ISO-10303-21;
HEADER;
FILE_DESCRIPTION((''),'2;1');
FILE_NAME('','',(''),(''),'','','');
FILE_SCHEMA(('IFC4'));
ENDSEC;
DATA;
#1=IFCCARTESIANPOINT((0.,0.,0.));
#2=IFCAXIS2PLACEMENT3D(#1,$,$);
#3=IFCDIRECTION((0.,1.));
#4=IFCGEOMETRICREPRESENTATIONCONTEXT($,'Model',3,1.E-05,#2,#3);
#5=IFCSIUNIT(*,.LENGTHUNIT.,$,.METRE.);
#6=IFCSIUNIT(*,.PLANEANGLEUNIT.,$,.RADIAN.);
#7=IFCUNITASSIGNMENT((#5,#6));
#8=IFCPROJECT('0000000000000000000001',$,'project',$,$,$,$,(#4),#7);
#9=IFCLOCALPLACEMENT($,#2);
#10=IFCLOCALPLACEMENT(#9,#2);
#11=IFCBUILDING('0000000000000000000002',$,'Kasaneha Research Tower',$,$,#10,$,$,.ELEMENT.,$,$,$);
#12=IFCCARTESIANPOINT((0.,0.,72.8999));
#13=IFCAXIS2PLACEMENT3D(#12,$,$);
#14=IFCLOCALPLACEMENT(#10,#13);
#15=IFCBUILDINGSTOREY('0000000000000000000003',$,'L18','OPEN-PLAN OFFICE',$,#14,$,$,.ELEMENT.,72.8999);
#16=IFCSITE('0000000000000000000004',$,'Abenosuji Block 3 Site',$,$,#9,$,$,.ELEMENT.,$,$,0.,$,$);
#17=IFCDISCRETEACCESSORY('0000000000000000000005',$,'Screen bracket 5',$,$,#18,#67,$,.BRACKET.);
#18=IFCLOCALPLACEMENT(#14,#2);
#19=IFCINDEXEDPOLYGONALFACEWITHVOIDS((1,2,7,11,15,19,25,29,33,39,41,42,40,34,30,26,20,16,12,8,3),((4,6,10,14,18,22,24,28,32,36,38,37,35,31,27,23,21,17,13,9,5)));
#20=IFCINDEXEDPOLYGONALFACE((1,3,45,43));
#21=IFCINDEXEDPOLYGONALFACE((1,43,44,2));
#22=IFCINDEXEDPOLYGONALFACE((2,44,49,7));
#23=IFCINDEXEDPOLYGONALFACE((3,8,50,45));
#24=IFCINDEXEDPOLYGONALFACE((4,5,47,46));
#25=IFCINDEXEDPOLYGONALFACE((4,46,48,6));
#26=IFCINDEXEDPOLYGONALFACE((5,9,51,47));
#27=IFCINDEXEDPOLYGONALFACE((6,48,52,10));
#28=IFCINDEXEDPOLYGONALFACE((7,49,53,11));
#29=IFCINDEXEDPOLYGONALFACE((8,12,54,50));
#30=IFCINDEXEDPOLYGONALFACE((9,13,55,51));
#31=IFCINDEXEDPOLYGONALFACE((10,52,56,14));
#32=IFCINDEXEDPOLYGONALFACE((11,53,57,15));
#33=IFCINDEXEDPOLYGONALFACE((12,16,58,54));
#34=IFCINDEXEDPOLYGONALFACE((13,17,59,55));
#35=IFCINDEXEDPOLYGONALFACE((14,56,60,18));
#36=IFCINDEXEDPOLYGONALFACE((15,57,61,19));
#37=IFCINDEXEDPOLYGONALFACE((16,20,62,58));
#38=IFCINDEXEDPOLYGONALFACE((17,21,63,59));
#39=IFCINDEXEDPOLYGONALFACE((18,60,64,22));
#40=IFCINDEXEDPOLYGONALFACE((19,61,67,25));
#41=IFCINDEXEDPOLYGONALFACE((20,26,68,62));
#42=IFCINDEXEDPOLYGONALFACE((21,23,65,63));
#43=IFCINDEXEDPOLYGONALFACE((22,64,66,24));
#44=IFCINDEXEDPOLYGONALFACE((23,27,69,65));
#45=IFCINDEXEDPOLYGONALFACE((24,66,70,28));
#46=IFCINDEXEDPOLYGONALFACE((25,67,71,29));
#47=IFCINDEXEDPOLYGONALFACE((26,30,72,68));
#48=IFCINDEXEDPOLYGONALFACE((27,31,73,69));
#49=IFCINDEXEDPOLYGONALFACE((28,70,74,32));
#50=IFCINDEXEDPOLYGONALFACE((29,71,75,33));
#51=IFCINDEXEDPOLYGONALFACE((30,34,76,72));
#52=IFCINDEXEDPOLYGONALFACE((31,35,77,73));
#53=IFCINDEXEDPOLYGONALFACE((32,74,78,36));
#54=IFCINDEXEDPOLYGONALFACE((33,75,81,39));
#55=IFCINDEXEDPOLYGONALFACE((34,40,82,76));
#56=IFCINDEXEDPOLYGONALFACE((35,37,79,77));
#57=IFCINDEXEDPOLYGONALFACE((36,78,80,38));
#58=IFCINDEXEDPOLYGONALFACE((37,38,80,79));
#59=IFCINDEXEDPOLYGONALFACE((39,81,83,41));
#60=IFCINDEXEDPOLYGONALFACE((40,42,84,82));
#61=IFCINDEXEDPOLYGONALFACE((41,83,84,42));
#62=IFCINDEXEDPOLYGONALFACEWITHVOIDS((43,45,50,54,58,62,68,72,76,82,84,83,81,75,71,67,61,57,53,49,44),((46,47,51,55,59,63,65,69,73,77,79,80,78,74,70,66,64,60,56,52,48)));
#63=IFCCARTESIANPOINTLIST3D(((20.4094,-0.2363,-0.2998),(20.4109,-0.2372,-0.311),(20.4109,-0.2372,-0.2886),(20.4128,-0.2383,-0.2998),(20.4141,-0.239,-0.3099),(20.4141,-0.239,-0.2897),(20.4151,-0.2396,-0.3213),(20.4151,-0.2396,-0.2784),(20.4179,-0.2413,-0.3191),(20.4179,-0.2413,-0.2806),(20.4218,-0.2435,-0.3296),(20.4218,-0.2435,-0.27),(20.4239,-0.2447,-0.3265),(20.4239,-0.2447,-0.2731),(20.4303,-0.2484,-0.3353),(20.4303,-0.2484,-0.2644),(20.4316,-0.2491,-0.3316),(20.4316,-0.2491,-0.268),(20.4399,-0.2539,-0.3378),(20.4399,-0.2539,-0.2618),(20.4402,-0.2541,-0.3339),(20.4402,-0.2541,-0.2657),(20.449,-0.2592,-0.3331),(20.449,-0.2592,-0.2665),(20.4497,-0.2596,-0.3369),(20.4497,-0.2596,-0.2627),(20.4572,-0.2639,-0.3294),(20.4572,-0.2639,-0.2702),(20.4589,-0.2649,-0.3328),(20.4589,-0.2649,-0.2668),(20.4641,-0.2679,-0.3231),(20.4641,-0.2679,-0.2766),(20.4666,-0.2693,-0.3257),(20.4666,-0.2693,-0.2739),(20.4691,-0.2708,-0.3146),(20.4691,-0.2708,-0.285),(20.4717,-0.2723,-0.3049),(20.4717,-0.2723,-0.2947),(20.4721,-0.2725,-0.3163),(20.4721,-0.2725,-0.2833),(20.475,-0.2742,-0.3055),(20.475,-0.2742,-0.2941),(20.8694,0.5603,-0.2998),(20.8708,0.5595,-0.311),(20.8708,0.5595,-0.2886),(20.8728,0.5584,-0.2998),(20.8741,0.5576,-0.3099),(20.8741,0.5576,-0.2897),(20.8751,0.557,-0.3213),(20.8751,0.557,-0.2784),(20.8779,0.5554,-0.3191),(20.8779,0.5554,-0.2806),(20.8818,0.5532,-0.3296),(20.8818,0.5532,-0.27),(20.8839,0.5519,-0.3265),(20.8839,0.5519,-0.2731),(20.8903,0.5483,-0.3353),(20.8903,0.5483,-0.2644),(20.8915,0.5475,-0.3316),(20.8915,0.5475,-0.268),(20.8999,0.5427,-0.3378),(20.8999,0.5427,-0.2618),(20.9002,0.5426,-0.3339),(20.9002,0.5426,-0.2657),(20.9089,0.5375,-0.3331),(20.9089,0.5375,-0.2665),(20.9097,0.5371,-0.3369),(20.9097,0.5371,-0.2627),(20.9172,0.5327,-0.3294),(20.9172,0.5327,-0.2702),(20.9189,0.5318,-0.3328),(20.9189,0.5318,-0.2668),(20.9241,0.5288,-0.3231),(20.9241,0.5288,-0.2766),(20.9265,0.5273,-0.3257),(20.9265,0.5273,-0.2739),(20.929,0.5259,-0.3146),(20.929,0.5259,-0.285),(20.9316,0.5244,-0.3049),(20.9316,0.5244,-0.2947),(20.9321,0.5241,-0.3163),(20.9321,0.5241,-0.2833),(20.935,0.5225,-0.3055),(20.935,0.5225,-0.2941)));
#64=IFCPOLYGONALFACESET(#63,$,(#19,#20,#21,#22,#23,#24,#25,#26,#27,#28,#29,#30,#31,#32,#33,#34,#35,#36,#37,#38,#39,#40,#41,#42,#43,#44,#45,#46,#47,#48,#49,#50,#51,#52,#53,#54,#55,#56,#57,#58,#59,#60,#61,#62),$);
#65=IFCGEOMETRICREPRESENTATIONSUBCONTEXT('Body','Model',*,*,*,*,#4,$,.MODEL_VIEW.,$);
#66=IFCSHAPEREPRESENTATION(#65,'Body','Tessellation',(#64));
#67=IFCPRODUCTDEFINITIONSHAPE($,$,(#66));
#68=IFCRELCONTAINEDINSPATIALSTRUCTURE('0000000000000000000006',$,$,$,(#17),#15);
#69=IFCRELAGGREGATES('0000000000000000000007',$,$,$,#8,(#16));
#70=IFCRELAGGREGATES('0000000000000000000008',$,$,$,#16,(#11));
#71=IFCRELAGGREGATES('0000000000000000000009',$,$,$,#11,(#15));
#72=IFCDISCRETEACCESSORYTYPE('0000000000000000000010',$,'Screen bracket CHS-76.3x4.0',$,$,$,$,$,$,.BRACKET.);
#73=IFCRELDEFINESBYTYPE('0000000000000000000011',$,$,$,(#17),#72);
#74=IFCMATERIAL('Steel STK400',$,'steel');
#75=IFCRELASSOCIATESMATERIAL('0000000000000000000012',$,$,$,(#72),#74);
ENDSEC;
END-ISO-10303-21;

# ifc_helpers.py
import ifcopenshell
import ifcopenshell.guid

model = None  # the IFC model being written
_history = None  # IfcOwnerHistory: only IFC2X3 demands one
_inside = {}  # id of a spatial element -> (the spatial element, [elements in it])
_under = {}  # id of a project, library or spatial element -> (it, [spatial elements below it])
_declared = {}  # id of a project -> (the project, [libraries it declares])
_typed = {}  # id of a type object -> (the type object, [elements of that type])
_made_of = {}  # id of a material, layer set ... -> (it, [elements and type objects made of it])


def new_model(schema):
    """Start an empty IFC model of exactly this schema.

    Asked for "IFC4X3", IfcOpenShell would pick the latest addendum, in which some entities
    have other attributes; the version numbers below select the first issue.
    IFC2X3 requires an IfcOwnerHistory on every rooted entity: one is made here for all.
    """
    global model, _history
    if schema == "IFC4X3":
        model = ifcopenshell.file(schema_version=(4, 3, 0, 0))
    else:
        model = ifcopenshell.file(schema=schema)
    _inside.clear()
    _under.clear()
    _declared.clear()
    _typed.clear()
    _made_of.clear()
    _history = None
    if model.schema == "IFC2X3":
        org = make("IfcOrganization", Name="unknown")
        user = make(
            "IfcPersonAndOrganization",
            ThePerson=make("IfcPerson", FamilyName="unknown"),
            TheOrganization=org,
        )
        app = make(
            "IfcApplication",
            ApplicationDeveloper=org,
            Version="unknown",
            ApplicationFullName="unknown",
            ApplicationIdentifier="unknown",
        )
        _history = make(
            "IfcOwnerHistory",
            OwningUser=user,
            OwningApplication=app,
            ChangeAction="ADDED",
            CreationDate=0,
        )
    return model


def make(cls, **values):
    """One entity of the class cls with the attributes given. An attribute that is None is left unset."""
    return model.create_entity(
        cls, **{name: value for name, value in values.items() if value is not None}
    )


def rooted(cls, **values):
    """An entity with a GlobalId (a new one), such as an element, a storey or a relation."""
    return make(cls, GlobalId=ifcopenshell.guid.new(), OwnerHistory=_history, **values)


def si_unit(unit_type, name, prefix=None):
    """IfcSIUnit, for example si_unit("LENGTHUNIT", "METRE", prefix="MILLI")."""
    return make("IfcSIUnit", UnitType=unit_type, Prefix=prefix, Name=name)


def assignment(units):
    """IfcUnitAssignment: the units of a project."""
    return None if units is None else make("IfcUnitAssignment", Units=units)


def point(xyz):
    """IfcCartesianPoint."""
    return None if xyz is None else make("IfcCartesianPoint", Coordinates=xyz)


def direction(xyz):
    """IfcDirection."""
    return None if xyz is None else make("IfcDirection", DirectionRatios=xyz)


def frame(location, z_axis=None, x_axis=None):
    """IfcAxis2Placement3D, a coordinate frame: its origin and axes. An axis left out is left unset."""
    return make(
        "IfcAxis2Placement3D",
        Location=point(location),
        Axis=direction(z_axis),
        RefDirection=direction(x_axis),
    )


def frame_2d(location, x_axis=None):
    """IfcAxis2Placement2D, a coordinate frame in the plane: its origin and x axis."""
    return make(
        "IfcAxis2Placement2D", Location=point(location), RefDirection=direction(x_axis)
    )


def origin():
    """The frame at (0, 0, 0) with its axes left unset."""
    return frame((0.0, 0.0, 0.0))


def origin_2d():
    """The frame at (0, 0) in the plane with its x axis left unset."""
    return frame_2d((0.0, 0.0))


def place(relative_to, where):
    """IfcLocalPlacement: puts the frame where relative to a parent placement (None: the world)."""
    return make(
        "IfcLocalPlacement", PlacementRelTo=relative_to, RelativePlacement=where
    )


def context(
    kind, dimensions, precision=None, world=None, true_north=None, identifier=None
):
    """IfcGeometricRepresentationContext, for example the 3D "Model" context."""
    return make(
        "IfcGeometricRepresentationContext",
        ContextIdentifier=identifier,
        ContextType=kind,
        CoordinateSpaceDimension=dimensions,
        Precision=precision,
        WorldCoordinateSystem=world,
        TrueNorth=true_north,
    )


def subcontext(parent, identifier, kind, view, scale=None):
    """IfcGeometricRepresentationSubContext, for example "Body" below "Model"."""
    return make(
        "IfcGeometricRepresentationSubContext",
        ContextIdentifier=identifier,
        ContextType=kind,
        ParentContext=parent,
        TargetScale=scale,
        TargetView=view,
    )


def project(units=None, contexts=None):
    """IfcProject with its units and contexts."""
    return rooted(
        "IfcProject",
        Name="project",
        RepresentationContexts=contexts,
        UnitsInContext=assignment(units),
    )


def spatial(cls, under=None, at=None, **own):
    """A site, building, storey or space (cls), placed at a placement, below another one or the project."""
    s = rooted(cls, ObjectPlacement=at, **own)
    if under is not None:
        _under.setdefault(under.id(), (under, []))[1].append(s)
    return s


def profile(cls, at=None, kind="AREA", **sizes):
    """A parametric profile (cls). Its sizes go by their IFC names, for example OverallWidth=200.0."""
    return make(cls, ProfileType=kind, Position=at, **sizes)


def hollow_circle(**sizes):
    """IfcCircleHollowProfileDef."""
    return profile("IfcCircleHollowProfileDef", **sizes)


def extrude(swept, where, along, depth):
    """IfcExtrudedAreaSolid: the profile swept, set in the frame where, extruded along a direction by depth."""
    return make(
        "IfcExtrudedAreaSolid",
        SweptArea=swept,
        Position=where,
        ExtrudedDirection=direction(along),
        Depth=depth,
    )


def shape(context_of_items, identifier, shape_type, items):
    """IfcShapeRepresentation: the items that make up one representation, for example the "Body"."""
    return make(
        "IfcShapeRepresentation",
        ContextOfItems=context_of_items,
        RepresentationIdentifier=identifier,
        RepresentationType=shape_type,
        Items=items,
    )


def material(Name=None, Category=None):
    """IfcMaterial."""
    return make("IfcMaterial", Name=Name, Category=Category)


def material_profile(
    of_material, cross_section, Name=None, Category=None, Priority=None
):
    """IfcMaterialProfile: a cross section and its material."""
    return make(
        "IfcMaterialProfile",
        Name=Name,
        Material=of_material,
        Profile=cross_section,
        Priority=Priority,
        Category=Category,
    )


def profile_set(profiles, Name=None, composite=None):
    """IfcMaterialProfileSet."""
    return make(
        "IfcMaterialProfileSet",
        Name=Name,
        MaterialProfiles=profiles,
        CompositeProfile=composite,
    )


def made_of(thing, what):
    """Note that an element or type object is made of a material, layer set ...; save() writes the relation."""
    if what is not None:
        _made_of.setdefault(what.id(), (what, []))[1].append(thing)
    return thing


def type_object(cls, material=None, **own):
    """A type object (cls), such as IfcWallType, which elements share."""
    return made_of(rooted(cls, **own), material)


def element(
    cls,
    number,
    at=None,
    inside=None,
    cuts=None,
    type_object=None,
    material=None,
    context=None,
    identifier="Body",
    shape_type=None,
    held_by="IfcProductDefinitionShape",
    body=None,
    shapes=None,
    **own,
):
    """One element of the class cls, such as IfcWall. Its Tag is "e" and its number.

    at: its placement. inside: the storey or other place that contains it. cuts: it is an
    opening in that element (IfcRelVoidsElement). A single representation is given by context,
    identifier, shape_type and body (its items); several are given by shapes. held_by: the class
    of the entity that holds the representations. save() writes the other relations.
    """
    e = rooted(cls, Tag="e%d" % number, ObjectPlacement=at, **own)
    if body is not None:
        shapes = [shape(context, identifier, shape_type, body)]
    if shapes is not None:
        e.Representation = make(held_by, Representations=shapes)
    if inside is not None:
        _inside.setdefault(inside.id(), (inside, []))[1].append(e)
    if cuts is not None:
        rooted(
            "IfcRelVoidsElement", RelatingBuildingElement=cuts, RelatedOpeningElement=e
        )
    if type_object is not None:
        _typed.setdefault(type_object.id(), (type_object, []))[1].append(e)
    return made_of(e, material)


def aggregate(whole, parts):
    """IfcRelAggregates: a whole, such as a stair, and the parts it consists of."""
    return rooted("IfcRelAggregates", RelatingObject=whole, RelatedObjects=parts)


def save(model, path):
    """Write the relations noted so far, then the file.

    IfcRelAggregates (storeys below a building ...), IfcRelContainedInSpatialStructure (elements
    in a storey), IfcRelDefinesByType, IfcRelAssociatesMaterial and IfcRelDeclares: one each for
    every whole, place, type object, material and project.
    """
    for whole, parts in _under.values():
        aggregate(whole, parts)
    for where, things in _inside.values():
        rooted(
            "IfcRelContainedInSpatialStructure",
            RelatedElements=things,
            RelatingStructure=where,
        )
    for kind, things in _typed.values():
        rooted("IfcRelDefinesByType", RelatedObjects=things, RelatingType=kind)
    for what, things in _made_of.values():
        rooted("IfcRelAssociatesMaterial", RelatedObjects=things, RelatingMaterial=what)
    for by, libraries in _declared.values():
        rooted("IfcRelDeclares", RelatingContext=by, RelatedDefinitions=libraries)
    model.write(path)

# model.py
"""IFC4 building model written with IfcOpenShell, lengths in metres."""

from ifc_helpers import new_model, si_unit, direction, frame, origin, origin_2d, place, context, subcontext, project, spatial, hollow_circle, extrude, material, material_profile, profile_set, type_object, element, save


model = new_model("IFC4")

# Units and contexts
model_context = context("Model", 3, precision=1e-05, world=origin(), true_north=direction((0.0, 1.0)))
body_context = subcontext(model_context, "Body", "Model", "MODEL_VIEW")
ifc_project = project(units=[si_unit("LENGTHUNIT", "METRE"), si_unit("PLANEANGLEUNIT", "RADIAN")], contexts=[model_context])

# Site, building, storey
site_placement = place(None, origin())
site = spatial("IfcSite", under=ifc_project, at=site_placement, Name="Abenosuji Block 3 Site", CompositionType="ELEMENT", RefElevation=0.0)
building_placement = place(site_placement, origin())
building = spatial("IfcBuilding", under=site, at=building_placement, Name="Kasaneha Research Tower", CompositionType="ELEMENT")
storey_placement = place(building_placement, frame((0.0, 0.0, 72.8999)))
storey = spatial("IfcBuildingStorey", under=building, at=storey_placement, Name="L18", Description="OPEN-PLAN OFFICE", CompositionType="ELEMENT", Elevation=72.8999)

# Discrete accessory
ifc_material_1 = material(Name="Steel STK400", Category="steel")
ifc_material_profile_1 = material_profile(ifc_material_1, hollow_circle(Radius=0.0381, WallThickness=0.0039, at=origin_2d()), Name="CHS-76.3x4.0")
ifc_profile_set_1 = profile_set([ifc_material_profile_1], Name="Steel STK400")
discrete_accessory_type = type_object("IfcDiscreteAccessoryType", Name="Screen bracket CHS-76.3x4.0", PredefinedType="BRACKET", material=ifc_profile_set_1)
discrete_accessory_1_placement = place(storey_placement, frame((20.4424, -0.2554, -0.2998), z_axis=(0.500021, 0.866013, 0.0), x_axis=(-0.866013, 0.500021, 0.0)))
element("IfcDiscreteAccessory", 1, at=discrete_accessory_1_placement, inside=storey, type_object=discrete_accessory_type, Name="Screen bracket 5", PredefinedType="BRACKET", context=body_context, shape_type="SweptSolid", body=[
    extrude(hollow_circle(Radius=0.0381, WallThickness=0.0039, at=origin_2d()), origin(), (0.0, 0.0, 1.0), 0.9199),
])

save(model, "model.ifc")
